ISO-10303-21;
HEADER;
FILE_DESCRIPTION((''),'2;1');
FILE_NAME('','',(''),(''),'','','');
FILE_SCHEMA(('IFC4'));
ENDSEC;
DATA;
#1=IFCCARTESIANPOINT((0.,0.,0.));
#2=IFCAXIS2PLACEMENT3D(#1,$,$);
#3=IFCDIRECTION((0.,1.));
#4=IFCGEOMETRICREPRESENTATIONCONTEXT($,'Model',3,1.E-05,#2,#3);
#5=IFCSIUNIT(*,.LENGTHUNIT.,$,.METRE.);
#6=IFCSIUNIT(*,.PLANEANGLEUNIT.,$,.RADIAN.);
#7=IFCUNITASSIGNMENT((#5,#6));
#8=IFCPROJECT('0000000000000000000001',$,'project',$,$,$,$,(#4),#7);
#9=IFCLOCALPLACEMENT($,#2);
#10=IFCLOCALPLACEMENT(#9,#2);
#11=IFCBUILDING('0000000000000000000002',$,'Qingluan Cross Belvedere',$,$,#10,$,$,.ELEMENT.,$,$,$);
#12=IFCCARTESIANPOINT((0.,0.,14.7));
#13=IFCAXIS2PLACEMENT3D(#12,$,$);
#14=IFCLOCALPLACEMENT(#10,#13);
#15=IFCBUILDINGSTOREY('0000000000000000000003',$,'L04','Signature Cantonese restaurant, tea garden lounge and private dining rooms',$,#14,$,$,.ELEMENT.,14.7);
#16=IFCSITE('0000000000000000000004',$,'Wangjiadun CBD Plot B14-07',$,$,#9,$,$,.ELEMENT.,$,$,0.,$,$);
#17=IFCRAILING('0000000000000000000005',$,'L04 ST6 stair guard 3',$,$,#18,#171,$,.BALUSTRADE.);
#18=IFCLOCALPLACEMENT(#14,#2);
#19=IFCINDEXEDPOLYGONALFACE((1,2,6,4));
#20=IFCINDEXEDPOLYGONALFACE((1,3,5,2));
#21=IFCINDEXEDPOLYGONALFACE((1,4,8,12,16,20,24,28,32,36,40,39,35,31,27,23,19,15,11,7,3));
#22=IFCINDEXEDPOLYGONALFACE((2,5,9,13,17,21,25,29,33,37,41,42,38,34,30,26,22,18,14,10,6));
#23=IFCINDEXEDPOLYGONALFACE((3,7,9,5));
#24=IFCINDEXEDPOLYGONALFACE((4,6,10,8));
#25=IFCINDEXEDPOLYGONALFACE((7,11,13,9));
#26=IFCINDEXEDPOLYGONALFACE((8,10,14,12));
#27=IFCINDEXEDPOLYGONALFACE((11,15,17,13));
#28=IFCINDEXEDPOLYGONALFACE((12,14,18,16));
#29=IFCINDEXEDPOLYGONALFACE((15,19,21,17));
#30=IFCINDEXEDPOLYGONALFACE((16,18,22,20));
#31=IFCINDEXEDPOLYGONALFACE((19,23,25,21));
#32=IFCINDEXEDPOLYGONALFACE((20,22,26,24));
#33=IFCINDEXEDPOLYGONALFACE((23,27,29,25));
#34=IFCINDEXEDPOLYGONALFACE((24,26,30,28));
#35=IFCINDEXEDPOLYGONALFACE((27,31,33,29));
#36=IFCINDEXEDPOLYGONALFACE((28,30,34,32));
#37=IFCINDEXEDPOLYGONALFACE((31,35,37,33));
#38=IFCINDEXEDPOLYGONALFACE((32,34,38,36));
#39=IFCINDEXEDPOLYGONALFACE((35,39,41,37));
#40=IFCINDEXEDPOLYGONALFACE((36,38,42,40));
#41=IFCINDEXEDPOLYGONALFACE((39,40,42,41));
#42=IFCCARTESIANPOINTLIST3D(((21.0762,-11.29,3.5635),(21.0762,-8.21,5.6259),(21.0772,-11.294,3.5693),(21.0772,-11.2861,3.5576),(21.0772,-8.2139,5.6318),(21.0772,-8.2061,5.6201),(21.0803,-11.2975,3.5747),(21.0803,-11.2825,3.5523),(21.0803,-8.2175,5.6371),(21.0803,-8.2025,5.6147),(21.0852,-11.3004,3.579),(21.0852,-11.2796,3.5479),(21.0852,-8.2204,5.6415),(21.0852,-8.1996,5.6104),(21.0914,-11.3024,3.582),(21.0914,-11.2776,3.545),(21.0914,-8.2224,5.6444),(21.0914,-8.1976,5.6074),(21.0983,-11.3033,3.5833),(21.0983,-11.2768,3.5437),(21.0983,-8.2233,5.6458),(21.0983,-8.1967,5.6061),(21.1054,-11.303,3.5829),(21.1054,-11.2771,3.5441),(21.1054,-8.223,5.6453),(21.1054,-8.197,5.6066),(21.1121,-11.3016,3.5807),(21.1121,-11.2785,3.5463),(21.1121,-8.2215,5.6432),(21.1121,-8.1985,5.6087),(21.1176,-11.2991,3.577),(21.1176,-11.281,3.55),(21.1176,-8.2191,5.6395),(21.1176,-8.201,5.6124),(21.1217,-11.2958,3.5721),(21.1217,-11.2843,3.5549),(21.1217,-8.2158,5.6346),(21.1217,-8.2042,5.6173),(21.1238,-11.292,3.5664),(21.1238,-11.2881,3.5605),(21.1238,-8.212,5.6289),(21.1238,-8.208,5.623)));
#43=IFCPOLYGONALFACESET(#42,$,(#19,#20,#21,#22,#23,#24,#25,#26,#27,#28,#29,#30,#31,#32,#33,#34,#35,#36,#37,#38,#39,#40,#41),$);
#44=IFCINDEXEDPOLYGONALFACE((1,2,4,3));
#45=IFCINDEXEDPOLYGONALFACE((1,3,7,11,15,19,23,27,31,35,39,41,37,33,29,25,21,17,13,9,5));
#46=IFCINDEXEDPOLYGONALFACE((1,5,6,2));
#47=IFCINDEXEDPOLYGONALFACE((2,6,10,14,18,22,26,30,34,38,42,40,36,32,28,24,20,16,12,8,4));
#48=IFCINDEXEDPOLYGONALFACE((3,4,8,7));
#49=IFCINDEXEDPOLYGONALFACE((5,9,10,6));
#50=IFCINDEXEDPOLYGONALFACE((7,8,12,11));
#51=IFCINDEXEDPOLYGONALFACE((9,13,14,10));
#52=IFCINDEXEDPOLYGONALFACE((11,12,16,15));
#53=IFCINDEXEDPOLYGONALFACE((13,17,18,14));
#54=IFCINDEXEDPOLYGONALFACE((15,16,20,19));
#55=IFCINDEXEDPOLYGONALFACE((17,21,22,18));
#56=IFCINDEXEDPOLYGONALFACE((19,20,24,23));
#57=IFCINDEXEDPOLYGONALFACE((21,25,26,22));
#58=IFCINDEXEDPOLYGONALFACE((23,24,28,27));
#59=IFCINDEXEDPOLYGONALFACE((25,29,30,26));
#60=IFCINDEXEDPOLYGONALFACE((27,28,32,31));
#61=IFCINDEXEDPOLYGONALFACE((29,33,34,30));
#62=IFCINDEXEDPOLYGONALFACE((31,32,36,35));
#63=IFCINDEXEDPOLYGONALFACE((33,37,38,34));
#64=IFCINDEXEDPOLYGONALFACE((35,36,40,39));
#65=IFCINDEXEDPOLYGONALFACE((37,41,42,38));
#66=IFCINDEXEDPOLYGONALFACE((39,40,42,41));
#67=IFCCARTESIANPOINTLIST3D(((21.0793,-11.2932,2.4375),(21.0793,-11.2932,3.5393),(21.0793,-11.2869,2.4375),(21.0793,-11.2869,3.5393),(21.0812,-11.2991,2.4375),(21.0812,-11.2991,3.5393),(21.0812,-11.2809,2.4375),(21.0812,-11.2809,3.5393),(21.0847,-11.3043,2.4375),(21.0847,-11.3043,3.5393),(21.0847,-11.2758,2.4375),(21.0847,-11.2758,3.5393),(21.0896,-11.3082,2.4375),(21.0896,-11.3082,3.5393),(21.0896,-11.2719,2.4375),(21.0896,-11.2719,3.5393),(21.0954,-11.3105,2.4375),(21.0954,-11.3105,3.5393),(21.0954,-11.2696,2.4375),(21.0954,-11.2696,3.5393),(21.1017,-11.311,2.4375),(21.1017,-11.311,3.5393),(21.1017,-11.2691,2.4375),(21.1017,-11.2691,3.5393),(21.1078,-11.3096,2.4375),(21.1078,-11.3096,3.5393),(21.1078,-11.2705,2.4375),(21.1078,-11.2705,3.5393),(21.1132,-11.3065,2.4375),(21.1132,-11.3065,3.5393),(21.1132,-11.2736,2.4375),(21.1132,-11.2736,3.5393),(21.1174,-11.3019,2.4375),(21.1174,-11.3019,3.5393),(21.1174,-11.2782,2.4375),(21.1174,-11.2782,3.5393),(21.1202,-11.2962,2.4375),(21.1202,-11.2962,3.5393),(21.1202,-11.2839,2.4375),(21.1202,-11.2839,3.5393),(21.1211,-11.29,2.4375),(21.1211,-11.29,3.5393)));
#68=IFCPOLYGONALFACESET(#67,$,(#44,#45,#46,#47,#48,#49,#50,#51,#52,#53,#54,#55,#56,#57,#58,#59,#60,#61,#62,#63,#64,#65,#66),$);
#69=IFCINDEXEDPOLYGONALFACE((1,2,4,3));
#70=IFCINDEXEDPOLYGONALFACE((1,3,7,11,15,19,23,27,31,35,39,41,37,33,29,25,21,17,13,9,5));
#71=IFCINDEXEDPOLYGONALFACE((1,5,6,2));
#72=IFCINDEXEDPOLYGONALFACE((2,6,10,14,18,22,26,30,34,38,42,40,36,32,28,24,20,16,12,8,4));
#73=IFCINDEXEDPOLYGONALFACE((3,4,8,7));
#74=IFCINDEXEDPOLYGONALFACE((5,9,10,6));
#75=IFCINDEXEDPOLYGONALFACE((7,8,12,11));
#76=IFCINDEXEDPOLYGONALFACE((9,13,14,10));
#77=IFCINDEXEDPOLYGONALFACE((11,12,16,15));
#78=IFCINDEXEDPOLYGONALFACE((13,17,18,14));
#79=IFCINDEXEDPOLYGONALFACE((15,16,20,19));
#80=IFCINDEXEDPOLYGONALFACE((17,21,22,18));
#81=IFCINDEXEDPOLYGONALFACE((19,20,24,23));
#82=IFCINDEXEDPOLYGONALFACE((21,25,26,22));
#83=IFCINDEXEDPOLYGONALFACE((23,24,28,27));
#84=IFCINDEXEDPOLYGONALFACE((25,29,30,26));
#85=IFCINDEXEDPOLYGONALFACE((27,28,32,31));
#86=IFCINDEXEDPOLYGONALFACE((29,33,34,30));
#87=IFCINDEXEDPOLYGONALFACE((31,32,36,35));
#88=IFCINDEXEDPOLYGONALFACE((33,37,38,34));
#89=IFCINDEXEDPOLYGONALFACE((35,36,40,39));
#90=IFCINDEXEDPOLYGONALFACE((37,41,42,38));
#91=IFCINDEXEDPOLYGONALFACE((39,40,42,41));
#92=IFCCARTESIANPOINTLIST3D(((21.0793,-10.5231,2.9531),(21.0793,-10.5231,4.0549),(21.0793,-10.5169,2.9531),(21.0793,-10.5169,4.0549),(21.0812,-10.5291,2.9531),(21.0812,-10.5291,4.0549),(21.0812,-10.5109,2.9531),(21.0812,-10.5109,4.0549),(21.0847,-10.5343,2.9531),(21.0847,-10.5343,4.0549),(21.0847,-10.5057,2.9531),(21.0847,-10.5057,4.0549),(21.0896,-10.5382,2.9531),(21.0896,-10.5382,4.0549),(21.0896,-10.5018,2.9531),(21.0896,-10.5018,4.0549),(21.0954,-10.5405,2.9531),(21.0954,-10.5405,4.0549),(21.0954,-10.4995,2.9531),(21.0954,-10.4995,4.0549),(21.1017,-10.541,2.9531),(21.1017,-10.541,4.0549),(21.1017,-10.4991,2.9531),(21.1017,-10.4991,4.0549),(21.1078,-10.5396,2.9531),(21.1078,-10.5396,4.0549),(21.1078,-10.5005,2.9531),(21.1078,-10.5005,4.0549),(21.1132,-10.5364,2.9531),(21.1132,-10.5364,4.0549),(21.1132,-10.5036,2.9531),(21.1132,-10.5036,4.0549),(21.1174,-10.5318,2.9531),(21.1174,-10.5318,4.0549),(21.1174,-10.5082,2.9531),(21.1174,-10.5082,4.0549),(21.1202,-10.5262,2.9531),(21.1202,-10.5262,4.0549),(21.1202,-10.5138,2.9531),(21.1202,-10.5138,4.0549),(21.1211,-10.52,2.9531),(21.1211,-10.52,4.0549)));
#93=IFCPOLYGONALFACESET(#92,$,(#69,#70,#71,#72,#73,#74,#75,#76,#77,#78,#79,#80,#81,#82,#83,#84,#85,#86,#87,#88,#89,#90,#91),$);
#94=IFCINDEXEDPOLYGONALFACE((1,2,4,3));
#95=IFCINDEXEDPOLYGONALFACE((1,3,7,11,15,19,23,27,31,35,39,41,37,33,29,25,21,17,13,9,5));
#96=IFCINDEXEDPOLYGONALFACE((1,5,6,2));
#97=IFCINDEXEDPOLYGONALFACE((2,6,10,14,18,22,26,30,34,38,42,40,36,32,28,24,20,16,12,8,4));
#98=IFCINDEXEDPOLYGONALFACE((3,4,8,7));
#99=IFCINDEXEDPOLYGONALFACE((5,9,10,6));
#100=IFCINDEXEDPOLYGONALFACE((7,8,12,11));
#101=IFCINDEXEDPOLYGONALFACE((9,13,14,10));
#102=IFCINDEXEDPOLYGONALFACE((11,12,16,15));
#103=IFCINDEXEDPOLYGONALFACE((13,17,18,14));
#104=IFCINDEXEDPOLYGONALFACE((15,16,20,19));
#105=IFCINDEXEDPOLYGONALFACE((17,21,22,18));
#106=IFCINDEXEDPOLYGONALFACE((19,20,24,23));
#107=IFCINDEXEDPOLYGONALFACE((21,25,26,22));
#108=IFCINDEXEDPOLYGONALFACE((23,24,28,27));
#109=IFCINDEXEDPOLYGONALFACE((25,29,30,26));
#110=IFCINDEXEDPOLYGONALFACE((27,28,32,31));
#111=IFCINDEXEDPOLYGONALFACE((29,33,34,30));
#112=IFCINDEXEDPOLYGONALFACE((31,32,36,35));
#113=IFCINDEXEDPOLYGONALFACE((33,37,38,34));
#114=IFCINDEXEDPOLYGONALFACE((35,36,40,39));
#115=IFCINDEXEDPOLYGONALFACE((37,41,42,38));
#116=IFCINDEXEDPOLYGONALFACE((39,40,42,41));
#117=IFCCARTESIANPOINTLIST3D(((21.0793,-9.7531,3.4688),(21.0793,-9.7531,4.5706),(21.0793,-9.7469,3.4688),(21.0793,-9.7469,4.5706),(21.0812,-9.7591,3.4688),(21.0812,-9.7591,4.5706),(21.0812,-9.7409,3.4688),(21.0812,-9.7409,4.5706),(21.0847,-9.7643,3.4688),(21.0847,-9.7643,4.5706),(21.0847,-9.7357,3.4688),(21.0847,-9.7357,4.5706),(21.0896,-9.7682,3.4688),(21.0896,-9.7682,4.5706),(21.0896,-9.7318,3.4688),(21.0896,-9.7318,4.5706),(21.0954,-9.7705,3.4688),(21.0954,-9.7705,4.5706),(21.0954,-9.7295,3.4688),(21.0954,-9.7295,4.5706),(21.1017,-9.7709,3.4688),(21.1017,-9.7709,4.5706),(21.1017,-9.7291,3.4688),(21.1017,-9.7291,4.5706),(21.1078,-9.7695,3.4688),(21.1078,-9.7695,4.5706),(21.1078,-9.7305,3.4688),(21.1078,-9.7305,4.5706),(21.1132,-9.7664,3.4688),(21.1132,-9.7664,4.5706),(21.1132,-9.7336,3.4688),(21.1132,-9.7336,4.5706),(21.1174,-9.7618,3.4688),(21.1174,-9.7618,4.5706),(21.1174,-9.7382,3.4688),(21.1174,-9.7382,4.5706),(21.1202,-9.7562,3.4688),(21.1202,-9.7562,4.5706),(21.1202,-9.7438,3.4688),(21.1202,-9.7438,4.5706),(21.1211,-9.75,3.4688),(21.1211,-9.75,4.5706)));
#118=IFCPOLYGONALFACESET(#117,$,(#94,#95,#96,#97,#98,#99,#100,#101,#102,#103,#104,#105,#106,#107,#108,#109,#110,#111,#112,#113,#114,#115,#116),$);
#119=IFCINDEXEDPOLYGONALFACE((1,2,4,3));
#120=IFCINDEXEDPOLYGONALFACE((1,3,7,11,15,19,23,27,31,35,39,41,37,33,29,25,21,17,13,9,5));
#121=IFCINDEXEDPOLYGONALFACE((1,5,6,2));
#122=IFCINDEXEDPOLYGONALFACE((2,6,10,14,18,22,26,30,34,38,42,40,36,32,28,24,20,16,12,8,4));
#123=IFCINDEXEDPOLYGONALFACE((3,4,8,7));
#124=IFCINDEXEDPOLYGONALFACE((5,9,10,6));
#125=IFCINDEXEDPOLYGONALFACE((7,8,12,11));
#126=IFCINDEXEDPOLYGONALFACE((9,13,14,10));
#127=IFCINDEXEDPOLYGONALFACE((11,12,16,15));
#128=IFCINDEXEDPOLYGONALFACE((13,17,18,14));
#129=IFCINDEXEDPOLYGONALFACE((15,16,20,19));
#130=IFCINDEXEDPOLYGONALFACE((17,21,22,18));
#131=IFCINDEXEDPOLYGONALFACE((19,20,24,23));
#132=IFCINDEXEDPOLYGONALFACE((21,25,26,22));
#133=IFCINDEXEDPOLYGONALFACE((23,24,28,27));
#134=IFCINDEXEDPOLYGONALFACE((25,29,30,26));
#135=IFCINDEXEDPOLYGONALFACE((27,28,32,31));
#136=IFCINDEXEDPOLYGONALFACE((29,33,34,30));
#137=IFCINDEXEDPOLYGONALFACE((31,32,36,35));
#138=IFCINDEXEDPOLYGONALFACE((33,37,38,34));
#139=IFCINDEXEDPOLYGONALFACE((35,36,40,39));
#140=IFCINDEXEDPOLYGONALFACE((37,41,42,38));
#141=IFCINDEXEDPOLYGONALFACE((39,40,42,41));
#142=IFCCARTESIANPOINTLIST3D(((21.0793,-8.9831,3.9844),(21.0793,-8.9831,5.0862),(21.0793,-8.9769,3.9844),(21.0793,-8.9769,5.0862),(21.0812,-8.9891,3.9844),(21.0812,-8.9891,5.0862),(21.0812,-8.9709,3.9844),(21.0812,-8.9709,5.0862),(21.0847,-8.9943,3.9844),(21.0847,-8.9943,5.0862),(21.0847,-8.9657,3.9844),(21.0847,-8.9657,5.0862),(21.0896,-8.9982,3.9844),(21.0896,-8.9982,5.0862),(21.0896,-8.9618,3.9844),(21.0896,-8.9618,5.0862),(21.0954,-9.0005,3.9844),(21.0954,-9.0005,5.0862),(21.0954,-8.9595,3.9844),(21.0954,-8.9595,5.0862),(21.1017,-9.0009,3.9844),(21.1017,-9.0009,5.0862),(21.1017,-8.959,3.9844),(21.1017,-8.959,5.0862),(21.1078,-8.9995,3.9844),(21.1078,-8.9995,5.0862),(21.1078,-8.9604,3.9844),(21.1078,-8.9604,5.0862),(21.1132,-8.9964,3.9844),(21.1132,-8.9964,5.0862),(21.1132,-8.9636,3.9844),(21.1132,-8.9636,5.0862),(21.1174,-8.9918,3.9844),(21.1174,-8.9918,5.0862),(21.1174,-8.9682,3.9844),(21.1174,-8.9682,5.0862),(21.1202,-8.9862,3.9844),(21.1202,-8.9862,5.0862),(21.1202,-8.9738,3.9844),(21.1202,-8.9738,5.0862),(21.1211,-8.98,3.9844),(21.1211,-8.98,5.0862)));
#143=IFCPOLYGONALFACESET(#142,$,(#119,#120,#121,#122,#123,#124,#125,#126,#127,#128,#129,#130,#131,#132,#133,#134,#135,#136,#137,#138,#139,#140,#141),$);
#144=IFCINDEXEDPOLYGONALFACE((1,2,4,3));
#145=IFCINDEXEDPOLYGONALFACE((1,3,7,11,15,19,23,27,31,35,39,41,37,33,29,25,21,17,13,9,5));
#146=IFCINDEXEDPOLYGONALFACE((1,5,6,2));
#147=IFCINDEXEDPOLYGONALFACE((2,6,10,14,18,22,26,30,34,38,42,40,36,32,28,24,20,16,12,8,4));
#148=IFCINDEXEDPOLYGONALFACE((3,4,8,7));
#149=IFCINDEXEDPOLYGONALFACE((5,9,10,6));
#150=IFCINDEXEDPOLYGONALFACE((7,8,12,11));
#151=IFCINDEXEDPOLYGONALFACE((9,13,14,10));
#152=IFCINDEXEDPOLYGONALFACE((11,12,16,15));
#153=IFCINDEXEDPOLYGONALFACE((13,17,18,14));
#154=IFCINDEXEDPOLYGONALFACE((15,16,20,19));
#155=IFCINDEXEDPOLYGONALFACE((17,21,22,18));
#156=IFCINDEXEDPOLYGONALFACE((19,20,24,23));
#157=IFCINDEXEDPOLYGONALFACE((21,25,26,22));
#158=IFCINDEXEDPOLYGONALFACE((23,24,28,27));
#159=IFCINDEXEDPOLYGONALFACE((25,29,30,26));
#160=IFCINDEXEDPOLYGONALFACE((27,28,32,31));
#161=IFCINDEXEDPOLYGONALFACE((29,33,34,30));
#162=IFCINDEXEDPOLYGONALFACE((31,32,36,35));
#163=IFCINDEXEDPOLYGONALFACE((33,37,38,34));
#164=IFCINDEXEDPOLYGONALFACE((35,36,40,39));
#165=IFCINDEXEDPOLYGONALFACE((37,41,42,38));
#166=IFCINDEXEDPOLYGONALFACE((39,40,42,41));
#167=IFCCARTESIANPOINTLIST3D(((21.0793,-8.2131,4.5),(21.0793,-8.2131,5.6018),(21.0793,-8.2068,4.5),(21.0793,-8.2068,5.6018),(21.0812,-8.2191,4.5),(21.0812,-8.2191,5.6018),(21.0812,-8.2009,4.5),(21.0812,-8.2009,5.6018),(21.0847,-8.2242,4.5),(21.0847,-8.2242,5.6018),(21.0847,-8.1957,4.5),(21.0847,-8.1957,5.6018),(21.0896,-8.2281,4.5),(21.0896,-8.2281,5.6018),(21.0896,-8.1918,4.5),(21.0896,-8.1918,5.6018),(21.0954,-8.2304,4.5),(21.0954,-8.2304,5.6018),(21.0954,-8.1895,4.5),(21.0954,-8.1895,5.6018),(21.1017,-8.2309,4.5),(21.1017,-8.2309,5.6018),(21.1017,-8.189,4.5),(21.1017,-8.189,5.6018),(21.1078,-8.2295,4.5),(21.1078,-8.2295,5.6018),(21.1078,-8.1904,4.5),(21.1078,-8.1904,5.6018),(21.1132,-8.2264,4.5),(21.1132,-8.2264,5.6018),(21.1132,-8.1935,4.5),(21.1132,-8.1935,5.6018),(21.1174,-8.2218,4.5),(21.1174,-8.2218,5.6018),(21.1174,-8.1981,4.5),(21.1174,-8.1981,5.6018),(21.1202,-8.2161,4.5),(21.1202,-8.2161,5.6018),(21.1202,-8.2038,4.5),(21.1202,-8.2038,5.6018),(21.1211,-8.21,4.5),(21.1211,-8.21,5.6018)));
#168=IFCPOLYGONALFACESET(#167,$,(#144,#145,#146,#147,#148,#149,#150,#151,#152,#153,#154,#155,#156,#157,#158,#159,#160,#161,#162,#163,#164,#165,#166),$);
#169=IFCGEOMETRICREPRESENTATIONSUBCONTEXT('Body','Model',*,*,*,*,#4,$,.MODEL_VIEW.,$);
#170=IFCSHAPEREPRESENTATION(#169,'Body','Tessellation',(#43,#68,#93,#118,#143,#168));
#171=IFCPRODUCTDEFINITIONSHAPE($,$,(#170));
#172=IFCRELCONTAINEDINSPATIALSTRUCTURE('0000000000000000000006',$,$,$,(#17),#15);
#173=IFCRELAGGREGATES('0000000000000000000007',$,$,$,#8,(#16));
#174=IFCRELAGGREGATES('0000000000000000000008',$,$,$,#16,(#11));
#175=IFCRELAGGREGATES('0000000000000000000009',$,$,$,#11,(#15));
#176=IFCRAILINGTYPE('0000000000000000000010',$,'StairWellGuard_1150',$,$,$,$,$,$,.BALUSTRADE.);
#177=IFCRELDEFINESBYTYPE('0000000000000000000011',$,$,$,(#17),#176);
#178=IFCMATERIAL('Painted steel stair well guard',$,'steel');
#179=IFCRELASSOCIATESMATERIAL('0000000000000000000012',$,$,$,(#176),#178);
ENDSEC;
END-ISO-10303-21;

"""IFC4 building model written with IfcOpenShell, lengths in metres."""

from ifc_helpers import new_model, si_unit, direction, frame, origin, origin_2d, place, context, subcontext, project, spatial, circle, extrude, material, type_object, element, save


model = new_model("IFC4")

# Units and contexts
model_context = context("Model", 3, precision=1e-05, world=origin(), true_north=direction((0.0, 1.0)))
body_context = subcontext(model_context, "Body", "Model", "MODEL_VIEW")
ifc_project = project(units=[si_unit("LENGTHUNIT", "METRE"), si_unit("PLANEANGLEUNIT", "RADIAN")], contexts=[model_context])

# Site, building, storey
site_placement = place(None, origin())
site = spatial("IfcSite", under=ifc_project, at=site_placement, Name="Wangjiadun CBD Plot B14-07", CompositionType="ELEMENT", RefElevation=0.0)
building_placement = place(site_placement, origin())
building = spatial("IfcBuilding", under=site, at=building_placement, Name="Qingluan Cross Belvedere", CompositionType="ELEMENT")
storey_placement = place(building_placement, frame((0.0, 0.0, 14.7)))
storey = spatial("IfcBuildingStorey", under=building, at=storey_placement, Name="L04", Description="Signature Cantonese restaurant, tea garden lounge and private dining rooms", CompositionType="ELEMENT", Elevation=14.7)

# Railing
ifc_material_1 = material(Name="Painted steel stair well guard", Category="steel")
railing_type_1 = type_object("IfcRailingType", Name="StairWellGuard_1150", PredefinedType="BALUSTRADE", material=ifc_material_1)
railing_1_placement = place(storey_placement, frame((21.1001, -11.29, 2.4375)))
element("IfcRailing", 1, at=railing_1_placement, inside=storey, type_object=railing_type_1, Name="L04 ST6 stair guard 3", PredefinedType="BALUSTRADE", context=body_context, shape_type="SweptSolid", body=[
    extrude(circle(Radius=0.0239, at=origin_2d()), frame((0.0, 0.0, 1.126), z_axis=(0.0, 0.830914, 0.556401), x_axis=(-1.0, 0.0, 0.0)), (0.0, 0.0, 1.0), 3.7068),
    extrude(circle(Radius=0.021, at=origin_2d()), origin(), (0.0, 0.0, 1.0), 1.1018),
    extrude(circle(Radius=0.021, at=origin_2d()), frame((0.0, 0.77, 0.5156)), (0.0, 0.0, 1.0), 1.1018),
    extrude(circle(Radius=0.021, at=origin_2d()), frame((0.0, 1.54, 1.0312)), (0.0, 0.0, 1.0), 1.1018),
    extrude(circle(Radius=0.021, at=origin_2d()), frame((0.0, 2.3101, 1.5469)), (0.0, 0.0, 1.0), 1.1018),
    extrude(circle(Radius=0.021, at=origin_2d()), frame((0.0, 3.0801, 2.0625)), (0.0, 0.0, 1.0), 1.1018),
])

save(model, "model.ifc")
